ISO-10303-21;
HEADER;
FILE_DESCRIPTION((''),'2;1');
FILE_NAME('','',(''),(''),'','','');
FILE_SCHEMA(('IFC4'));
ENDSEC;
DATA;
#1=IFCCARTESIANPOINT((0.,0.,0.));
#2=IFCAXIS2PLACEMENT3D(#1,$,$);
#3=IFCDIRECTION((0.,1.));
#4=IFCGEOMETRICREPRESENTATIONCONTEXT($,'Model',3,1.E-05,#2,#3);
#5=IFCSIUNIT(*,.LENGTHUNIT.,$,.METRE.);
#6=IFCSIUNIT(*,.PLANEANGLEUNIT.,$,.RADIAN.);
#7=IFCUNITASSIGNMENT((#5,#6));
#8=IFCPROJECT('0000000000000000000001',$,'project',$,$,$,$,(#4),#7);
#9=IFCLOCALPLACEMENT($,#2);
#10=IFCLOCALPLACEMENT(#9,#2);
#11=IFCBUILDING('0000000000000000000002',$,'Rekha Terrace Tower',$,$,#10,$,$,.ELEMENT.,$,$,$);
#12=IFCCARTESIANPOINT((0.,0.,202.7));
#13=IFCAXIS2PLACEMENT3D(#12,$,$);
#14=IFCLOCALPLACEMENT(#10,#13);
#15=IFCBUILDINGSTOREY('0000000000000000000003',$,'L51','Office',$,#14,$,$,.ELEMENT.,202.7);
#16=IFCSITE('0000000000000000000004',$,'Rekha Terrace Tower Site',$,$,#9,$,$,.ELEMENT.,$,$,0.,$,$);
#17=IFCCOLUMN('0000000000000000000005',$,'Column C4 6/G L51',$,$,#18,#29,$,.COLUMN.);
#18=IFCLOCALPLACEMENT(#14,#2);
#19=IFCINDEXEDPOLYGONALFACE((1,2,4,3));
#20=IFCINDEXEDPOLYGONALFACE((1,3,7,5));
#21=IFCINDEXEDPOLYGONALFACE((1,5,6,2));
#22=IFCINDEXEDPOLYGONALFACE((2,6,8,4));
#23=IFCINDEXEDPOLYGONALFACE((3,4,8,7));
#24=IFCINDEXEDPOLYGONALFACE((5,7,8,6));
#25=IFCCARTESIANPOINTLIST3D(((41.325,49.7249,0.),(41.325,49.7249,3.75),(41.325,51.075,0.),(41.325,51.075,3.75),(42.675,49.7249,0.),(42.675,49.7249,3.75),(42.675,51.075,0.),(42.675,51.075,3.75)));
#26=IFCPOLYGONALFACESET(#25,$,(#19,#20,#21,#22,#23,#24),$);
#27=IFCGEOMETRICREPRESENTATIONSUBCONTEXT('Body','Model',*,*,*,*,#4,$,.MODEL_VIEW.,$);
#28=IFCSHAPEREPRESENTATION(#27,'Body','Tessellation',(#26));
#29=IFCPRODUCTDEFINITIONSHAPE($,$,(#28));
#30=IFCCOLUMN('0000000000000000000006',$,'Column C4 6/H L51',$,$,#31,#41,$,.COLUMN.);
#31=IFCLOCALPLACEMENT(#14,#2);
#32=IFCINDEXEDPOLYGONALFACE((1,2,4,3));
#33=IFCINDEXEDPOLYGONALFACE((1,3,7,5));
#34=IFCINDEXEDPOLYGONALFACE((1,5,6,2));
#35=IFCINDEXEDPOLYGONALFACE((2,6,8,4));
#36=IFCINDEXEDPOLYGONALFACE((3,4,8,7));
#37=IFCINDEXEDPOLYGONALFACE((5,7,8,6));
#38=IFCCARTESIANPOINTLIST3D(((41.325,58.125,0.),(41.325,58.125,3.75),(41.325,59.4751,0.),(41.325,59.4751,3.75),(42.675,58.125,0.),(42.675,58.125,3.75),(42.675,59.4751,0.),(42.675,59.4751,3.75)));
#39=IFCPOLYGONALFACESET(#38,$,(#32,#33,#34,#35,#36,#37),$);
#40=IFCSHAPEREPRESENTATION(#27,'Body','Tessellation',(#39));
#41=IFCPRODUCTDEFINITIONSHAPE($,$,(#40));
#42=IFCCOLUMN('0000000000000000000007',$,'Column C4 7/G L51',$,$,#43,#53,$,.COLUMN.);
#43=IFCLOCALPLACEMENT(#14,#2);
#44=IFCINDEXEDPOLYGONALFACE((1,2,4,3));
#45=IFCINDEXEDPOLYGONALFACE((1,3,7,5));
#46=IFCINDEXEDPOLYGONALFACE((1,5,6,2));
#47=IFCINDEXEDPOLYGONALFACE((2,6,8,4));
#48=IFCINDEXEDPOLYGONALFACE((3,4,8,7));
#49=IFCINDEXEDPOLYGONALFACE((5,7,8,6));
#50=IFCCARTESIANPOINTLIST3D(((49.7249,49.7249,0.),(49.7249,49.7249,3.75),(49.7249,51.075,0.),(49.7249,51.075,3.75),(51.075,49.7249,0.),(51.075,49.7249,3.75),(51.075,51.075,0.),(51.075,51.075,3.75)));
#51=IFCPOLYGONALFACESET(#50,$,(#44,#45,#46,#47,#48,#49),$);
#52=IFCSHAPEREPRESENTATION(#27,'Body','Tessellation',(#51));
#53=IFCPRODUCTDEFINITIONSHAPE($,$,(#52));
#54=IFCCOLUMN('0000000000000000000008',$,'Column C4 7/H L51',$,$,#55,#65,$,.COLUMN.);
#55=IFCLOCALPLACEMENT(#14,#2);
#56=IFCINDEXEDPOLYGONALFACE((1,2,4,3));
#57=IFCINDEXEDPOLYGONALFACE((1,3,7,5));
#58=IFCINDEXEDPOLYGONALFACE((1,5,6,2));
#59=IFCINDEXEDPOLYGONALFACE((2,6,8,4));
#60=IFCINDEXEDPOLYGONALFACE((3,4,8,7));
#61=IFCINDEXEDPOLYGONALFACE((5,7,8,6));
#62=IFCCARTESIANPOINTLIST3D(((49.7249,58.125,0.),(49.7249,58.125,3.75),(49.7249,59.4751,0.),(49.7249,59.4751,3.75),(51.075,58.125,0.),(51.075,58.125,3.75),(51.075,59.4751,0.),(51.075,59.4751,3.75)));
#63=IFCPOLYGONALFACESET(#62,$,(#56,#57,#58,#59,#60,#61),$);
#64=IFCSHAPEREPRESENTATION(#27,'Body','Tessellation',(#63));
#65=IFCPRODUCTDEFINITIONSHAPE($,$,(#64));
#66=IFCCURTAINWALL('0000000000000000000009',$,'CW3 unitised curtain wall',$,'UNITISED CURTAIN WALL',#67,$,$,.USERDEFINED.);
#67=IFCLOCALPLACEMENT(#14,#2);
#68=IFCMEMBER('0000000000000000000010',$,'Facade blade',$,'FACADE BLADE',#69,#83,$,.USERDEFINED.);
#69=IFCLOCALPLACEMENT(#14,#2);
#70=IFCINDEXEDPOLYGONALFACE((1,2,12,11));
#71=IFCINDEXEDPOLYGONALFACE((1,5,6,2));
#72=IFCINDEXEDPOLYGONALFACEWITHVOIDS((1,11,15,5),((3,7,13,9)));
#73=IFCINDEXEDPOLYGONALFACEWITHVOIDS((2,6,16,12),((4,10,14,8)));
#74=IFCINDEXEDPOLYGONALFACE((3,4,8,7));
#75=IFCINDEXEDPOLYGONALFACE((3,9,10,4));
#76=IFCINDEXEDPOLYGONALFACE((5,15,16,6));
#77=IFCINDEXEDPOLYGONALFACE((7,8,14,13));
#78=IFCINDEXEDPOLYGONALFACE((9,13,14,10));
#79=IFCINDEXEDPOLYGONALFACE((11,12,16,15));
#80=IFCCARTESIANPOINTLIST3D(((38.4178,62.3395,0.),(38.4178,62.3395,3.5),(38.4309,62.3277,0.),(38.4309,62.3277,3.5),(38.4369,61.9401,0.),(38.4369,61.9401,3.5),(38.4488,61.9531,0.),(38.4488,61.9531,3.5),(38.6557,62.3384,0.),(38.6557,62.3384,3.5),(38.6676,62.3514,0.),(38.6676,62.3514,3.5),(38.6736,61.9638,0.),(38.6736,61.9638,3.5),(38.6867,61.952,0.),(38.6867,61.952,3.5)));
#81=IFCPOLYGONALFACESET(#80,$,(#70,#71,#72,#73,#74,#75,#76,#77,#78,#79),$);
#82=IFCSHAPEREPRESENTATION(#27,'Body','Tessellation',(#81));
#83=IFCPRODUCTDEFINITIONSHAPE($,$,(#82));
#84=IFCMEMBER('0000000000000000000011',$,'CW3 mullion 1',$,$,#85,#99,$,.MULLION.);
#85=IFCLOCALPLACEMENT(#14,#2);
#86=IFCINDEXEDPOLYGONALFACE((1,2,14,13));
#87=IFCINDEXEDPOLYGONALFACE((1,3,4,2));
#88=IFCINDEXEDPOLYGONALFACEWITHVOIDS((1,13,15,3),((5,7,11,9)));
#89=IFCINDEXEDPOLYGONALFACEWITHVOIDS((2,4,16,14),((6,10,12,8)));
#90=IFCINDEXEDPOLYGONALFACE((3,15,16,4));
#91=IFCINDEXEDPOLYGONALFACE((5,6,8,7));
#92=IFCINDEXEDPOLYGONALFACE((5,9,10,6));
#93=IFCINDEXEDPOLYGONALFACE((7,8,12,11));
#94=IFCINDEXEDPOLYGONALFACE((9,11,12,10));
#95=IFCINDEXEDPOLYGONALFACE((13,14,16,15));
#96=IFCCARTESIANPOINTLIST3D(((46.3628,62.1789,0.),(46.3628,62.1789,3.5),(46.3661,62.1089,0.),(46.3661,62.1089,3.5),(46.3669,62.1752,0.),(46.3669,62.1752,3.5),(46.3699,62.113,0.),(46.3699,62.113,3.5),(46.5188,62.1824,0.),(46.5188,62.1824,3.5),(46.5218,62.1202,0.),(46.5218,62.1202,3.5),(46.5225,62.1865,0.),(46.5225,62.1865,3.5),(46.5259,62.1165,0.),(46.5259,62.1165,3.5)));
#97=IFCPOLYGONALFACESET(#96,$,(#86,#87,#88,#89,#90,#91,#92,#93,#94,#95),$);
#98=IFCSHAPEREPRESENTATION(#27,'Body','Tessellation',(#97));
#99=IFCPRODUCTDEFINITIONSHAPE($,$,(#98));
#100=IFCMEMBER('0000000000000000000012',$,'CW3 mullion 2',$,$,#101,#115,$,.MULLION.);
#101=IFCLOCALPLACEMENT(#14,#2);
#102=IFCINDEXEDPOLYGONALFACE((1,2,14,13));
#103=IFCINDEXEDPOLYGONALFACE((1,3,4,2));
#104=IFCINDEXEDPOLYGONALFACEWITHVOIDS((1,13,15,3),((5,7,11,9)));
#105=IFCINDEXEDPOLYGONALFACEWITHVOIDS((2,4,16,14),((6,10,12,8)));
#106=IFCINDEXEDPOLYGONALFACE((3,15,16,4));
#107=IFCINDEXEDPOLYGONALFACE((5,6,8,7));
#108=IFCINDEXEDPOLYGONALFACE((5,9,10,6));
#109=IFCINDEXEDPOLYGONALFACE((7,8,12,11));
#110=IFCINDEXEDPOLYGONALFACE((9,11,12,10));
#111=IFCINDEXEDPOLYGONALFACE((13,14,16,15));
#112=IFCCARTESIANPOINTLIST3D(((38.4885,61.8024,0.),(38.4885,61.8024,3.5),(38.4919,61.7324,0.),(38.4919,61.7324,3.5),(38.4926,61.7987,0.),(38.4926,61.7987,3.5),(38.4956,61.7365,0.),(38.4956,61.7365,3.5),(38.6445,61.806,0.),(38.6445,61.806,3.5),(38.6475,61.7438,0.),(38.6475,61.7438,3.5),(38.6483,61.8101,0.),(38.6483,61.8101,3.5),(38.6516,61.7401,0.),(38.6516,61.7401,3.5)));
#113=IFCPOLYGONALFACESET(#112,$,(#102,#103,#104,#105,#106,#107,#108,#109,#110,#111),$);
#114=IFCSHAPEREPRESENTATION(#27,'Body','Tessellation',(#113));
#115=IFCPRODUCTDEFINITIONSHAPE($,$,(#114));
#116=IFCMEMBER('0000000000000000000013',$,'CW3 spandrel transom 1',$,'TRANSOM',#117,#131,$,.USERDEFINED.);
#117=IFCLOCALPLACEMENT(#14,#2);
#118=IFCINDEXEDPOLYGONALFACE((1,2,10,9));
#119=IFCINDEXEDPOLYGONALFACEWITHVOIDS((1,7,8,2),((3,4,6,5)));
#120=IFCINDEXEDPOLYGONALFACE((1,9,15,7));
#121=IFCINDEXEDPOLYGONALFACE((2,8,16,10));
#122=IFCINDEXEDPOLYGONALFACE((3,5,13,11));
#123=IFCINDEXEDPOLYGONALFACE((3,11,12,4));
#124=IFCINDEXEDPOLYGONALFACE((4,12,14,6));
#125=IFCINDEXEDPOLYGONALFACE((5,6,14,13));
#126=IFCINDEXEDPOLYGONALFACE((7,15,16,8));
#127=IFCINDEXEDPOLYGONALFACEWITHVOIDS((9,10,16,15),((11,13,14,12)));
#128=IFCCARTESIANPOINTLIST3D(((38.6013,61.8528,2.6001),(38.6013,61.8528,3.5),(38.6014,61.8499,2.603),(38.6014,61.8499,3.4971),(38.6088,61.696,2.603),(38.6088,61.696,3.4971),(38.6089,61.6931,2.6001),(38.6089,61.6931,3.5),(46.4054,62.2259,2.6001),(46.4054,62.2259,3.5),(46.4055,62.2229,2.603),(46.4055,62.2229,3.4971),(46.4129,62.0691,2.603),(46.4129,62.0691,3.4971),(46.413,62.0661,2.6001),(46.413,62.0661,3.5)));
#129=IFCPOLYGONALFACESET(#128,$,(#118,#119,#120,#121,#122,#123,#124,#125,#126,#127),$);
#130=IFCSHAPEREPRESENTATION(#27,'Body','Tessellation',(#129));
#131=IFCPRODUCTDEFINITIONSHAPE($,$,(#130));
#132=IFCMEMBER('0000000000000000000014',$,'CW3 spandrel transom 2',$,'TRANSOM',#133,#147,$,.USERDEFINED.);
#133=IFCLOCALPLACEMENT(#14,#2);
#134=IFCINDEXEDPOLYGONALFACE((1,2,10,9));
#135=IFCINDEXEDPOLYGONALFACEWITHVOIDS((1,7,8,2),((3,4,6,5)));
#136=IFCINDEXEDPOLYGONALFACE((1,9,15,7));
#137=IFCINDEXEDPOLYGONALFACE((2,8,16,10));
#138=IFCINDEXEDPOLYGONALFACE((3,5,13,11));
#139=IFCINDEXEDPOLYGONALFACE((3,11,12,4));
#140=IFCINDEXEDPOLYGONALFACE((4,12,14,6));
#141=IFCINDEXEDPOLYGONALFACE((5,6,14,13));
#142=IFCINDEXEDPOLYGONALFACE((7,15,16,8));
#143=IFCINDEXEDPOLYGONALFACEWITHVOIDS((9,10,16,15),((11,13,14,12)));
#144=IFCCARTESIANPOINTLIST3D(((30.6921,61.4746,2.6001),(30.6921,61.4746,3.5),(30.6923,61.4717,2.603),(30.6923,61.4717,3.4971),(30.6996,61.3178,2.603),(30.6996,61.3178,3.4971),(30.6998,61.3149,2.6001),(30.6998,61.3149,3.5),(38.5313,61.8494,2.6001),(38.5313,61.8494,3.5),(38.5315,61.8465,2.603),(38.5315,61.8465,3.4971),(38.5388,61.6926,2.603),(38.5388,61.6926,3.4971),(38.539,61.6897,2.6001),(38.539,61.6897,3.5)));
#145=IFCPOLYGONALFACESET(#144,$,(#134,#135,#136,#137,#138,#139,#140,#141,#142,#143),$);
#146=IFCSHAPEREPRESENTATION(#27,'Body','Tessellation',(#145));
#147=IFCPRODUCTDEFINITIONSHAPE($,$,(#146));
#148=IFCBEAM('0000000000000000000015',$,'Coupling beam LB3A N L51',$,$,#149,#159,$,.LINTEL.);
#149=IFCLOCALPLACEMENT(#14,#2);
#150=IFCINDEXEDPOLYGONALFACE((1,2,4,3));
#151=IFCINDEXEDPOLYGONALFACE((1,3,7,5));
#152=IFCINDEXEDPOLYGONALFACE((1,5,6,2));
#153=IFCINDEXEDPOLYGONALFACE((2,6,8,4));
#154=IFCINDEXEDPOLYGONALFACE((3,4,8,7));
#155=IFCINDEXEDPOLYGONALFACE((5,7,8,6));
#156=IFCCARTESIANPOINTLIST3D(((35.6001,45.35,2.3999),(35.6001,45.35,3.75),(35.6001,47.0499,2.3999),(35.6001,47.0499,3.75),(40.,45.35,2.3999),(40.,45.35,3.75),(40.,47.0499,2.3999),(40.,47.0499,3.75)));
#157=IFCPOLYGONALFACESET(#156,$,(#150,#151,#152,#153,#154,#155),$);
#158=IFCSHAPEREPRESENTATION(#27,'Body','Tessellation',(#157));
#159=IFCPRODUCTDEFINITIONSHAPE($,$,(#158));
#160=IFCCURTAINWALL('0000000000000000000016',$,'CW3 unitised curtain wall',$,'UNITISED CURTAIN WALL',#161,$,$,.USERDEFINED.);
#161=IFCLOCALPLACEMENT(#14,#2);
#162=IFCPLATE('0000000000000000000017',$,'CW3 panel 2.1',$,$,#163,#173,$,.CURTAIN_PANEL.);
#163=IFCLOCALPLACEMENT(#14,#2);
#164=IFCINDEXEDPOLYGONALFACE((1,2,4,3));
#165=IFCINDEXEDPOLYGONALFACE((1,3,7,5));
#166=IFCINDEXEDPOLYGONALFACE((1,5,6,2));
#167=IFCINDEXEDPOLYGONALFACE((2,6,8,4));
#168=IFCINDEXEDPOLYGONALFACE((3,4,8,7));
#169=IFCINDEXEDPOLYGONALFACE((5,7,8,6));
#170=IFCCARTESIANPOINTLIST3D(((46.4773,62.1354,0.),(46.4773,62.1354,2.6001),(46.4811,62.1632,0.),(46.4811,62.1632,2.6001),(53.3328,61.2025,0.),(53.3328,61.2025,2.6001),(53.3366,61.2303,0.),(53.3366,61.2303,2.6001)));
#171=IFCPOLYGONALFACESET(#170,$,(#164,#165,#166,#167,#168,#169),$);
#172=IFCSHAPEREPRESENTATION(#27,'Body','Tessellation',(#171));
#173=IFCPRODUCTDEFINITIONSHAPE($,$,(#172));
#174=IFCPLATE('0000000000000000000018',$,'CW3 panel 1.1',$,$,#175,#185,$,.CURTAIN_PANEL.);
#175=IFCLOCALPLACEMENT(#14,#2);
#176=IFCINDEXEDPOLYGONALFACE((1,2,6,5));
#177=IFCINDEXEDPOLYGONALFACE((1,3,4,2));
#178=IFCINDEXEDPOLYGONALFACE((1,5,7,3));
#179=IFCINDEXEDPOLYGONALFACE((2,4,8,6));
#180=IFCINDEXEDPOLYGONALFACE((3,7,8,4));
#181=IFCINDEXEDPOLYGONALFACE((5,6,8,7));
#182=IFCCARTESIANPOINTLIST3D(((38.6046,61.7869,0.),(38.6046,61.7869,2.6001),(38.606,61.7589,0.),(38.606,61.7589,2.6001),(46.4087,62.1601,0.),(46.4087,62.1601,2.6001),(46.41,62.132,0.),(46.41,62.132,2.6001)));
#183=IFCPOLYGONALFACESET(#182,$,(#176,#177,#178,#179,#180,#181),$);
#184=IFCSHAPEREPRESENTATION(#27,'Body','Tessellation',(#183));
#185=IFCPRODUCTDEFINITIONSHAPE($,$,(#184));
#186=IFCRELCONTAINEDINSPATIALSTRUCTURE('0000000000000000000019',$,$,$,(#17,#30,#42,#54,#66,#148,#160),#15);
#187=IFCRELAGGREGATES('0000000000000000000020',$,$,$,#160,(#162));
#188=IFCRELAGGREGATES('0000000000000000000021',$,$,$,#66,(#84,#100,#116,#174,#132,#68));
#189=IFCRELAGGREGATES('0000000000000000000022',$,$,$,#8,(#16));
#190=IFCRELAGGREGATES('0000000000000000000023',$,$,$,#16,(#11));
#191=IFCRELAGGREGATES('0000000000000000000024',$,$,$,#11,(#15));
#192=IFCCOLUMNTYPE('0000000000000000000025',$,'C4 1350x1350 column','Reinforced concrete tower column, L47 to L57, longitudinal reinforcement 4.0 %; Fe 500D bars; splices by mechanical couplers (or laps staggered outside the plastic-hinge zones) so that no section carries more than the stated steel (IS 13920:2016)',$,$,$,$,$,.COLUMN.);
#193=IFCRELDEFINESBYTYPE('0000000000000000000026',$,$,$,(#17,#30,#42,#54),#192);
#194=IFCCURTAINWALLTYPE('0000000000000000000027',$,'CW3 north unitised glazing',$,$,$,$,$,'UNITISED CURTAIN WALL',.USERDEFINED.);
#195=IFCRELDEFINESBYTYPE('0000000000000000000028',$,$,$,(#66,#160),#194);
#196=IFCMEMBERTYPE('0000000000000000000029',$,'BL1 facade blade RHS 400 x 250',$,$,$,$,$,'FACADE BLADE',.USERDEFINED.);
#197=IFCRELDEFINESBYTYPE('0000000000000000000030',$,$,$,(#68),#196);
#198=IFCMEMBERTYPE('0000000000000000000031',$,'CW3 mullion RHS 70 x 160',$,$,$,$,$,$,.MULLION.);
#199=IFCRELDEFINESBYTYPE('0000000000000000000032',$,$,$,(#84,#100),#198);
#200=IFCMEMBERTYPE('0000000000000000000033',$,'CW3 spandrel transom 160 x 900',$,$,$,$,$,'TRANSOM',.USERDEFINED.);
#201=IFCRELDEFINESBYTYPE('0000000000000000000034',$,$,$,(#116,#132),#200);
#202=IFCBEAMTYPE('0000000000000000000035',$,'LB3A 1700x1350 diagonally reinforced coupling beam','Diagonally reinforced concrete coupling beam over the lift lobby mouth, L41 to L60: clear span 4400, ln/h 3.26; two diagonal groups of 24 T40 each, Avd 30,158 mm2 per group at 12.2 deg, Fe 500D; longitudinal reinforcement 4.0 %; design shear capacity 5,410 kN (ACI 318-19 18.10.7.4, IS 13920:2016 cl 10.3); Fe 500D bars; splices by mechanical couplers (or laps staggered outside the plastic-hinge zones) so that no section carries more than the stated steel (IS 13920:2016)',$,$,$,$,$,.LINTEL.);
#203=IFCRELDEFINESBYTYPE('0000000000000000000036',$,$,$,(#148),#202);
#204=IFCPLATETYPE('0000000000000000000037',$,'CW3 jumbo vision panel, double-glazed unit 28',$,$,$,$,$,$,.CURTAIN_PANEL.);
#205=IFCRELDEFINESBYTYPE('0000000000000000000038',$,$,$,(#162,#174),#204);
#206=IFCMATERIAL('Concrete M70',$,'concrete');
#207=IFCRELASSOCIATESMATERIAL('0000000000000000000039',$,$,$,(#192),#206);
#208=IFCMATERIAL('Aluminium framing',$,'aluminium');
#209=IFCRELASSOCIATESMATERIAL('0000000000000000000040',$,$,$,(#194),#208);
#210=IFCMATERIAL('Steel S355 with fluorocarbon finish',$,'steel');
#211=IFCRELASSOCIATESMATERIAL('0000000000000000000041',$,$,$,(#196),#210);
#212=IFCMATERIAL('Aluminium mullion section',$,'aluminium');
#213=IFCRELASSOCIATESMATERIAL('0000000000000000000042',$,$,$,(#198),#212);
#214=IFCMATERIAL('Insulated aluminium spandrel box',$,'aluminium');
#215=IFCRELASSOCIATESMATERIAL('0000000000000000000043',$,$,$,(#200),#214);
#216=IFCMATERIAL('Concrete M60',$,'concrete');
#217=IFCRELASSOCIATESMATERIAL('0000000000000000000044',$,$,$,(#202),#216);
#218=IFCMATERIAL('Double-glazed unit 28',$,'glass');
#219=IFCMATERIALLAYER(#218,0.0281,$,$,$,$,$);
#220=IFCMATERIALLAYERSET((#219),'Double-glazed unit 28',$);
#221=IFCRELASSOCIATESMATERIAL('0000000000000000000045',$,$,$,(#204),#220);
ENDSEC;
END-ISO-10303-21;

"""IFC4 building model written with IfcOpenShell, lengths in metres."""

from ifc_helpers import new_model, si_unit, direction, frame, origin, origin_2d, place, context, subcontext, project, spatial, rectangle, hollow_rectangle, extrude, material, layer, layer_set, material_profile, profile_set, type_object, element, aggregate, save


model = new_model("IFC4")

# Units and contexts
model_context = context("Model", 3, precision=1e-05, world=origin(), true_north=direction((0.0, 1.0)))
body_context = subcontext(model_context, "Body", "Model", "MODEL_VIEW")
ifc_project = project(units=[si_unit("LENGTHUNIT", "METRE"), si_unit("PLANEANGLEUNIT", "RADIAN")], contexts=[model_context])

# Site, building, storey
site_placement = place(None, origin())
site = spatial("IfcSite", under=ifc_project, at=site_placement, Name="Rekha Terrace Tower Site", CompositionType="ELEMENT", RefElevation=0.0)
building_placement = place(site_placement, origin())
building = spatial("IfcBuilding", under=site, at=building_placement, Name="Rekha Terrace Tower", CompositionType="ELEMENT")
storey_placement = place(building_placement, frame((0.0, 0.0, 202.7)))
storey = spatial("IfcBuildingStorey", under=building, at=storey_placement, Name="L51", Description="Office", CompositionType="ELEMENT", Elevation=202.7)

# Columns
ifc_material_1 = material(Name="Concrete M70", Category="concrete")
ifc_material_profile_1 = material_profile(ifc_material_1, rectangle(XDim=1.3501, YDim=1.3501, at=origin_2d()), Name="RC 1350x1350")
ifc_profile_set_1 = profile_set([ifc_material_profile_1], Name="Concrete M70")
column_type = type_object("IfcColumnType", Name="C4 1350x1350 column", Description="Reinforced concrete tower column, L47 to L57, longitudinal reinforcement 4.0 %; Fe 500D bars; splices by mechanical couplers (or laps staggered outside the plastic-hinge zones) so that no section carries more than the stated steel (IS 13920:2016)", PredefinedType="COLUMN", material=ifc_profile_set_1)
for number, where, z_axis, x_axis, name in (
    (1, (42.0, 50.3999, 0.0), (0.0, 0.0, 1.0), (1.0, 0.0, 0.0), "Column C4 6/G L51"),
    (2, (42.0, 58.8, 0.0), (0.0, 0.0, 1.0), (1.0, 0.0, 0.0), "Column C4 6/H L51"),
    (3, (50.3999, 50.3999, 0.0), (0.0, 0.0, 1.0), (1.0, 0.0, 0.0), "Column C4 7/G L51"),
    (4, (50.3999, 58.8, 0.0), (0.0, 0.0, 1.0), (1.0, 0.0, 0.0), "Column C4 7/H L51"),
):
    element("IfcColumn", number, at=place(storey_placement, frame(where, z_axis=z_axis, x_axis=x_axis)), inside=storey, type_object=column_type, Name=name, PredefinedType="COLUMN", context=body_context, shape_type="SweptSolid", body=[
        extrude(rectangle(XDim=1.3501, YDim=1.3501, at=origin_2d()), origin(), (0.0, 0.0, 1.0), 3.75),
    ])

# Curtain wall, members
ifc_material_2 = material(Name="Aluminium framing", Category="aluminium")
curtain_wall_type = type_object("IfcCurtainWallType", Name="CW3 north unitised glazing", ElementType="UNITISED CURTAIN WALL", PredefinedType="USERDEFINED", material=ifc_material_2)
curtain_wall_1_placement = place(storey_placement, origin())
curtain_wall_1 = element("IfcCurtainWall", 5, at=curtain_wall_1_placement, inside=storey, type_object=curtain_wall_type, Name="CW3 unitised curtain wall", ObjectType="UNITISED CURTAIN WALL", PredefinedType="USERDEFINED")
ifc_material_3 = material(Name="Steel S355 with fluorocarbon finish", Category="steel")
ifc_material_profile_2 = material_profile(ifc_material_3, hollow_rectangle(XDim=0.25, YDim=0.3999, WallThickness=0.0125, at=origin_2d()), Name="RHS400x250x12.5")
ifc_profile_set_2 = profile_set([ifc_material_profile_2], Name="Steel S355 with fluorocarbon finish")
member_type_1 = type_object("IfcMemberType", Name="BL1 facade blade RHS 400 x 250", ElementType="FACADE BLADE", PredefinedType="USERDEFINED", material=ifc_profile_set_2)
member_1_placement = place(storey_placement, frame((38.5522, 62.1458, 0.0), z_axis=(0.0, 0.0, 1.0), x_axis=(-0.998859, -0.047758, 0.0)))
member_1 = element("IfcMember", 6, at=member_1_placement, type_object=member_type_1, Name="Facade blade", ObjectType="FACADE BLADE", PredefinedType="USERDEFINED", context=body_context, shape_type="SweptSolid", body=[
    extrude(hollow_rectangle(XDim=0.25, YDim=0.3999, WallThickness=0.0125, at=origin_2d()), origin(), (0.0, 0.0, 1.0), 3.5),
])
ifc_material_4 = material(Name="Aluminium mullion section", Category="aluminium")
ifc_material_profile_3 = material_profile(ifc_material_4, hollow_rectangle(XDim=0.0701, YDim=0.1599, WallThickness=0.0039, at=origin_2d()), Name="AL RHS 70x160")
ifc_profile_set_3 = profile_set([ifc_material_profile_3], Name="Aluminium mullion section")
member_type_2 = type_object("IfcMemberType", Name="CW3 mullion RHS 70 x 160", PredefinedType="MULLION", material=ifc_profile_set_3)
member_2_placement = place(storey_placement, frame((46.4443, 62.1477, 0.0), z_axis=(0.0, 0.0, 1.0), x_axis=(0.047759, -0.998859, 0.0)))
member_2 = element("IfcMember", 7, at=member_2_placement, type_object=member_type_2, Name="CW3 mullion 1", PredefinedType="MULLION", context=body_context, shape_type="SweptSolid", body=[
    extrude(hollow_rectangle(XDim=0.0701, YDim=0.1599, WallThickness=0.0039, at=origin_2d()), origin(), (0.0, 0.0, 1.0), 3.5),
])
member_3_placement = place(storey_placement, frame((38.5701, 61.7712, 0.0), z_axis=(0.0, 0.0, 1.0), x_axis=(0.047759, -0.998859, 0.0)))
member_3 = element("IfcMember", 8, at=member_3_placement, type_object=member_type_2, Name="CW3 mullion 2", PredefinedType="MULLION", context=body_context, shape_type="SweptSolid", body=[
    extrude(hollow_rectangle(XDim=0.0701, YDim=0.1599, WallThickness=0.0039, at=origin_2d()), origin(), (0.0, 0.0, 1.0), 3.5),
])
ifc_material_5 = material(Name="Insulated aluminium spandrel box", Category="aluminium")
ifc_material_profile_4 = material_profile(ifc_material_5, hollow_rectangle(XDim=0.1599, YDim=0.8999, WallThickness=0.0029, at=origin_2d()), Name="AL SPANDREL BOX 160x900")
ifc_profile_set_4 = profile_set([ifc_material_profile_4], Name="Insulated aluminium spandrel box")
member_type_3 = type_object("IfcMemberType", Name="CW3 spandrel transom 160 x 900", ElementType="TRANSOM", PredefinedType="USERDEFINED", material=ifc_profile_set_4)
member_4_placement = place(storey_placement, frame((46.4092, 62.146, 3.05), z_axis=(-0.998859, -0.047748, 0.0), x_axis=(0.047748, -0.998859, 0.0)))
member_4 = element("IfcMember", 9, at=member_4_placement, type_object=member_type_3, Name="CW3 spandrel transom 1", ObjectType="TRANSOM", PredefinedType="USERDEFINED", context=body_context, shape_type="SweptSolid", body=[
    extrude(hollow_rectangle(XDim=0.1599, YDim=0.8999, WallThickness=0.0029, at=origin_2d()), origin(), (0.0, 0.0, 1.0), 7.813),
])
member_5_placement = place(storey_placement, frame((38.5352, 61.7695, 3.05), z_axis=(-0.998859, -0.047751, 0.0), x_axis=(0.047751, -0.998859, 0.0)))
member_5 = element("IfcMember", 10, at=member_5_placement, type_object=member_type_3, Name="CW3 spandrel transom 2", ObjectType="TRANSOM", PredefinedType="USERDEFINED", context=body_context, shape_type="SweptSolid", body=[
    extrude(hollow_rectangle(XDim=0.1599, YDim=0.8999, WallThickness=0.0029, at=origin_2d()), origin(), (0.0, 0.0, 1.0), 7.8481),
])

# Beam
ifc_material_6 = material(Name="Concrete M60", Category="concrete")
ifc_material_profile_5 = material_profile(ifc_material_6, rectangle(XDim=1.7, YDim=1.3501, at=origin_2d()), Name="RC 1700x1350")
ifc_profile_set_5 = profile_set([ifc_material_profile_5], Name="Concrete M60")
beam_type = type_object("IfcBeamType", Name="LB3A 1700x1350 diagonally reinforced coupling beam", Description="Diagonally reinforced concrete coupling beam over the lift lobby mouth, L41 to L60: clear span 4400, ln/h 3.26; two diagonal groups of 24 T40 each, Avd 30,158 mm2 per group at 12.2 deg, Fe 500D; longitudinal reinforcement 4.0 %; design shear capacity 5,410 kN (ACI 318-19 18.10.7.4, IS 13920:2016 cl 10.3); Fe 500D bars; splices by mechanical couplers (or laps staggered outside the plastic-hinge zones) so that no section carries more than the stated steel (IS 13920:2016)", PredefinedType="LINTEL", material=ifc_profile_set_5)
beam_placement = place(storey_placement, frame((35.6001, 46.2, 3.075), z_axis=(1.0, 0.0, 0.0), x_axis=(0.0, 1.0, 0.0)))
element("IfcBeam", 11, at=beam_placement, inside=storey, type_object=beam_type, Name="Coupling beam LB3A N L51", PredefinedType="LINTEL", context=body_context, shape_type="SweptSolid", body=[
    extrude(rectangle(XDim=1.7, YDim=1.3501, at=origin_2d()), origin(), (0.0, 0.0, 1.0), 4.3999),
])

# Curtain wall, plate
curtain_wall_2_placement = place(storey_placement, origin())
curtain_wall_2 = element("IfcCurtainWall", 12, at=curtain_wall_2_placement, inside=storey, type_object=curtain_wall_type, Name="CW3 unitised curtain wall", ObjectType="UNITISED CURTAIN WALL", PredefinedType="USERDEFINED")
ifc_material_7 = material(Name="Double-glazed unit 28", Category="glass")
ifc_layer_1 = layer(ifc_material_7, 0.0281)
ifc_layer_set_1 = layer_set([ifc_layer_1], Name="Double-glazed unit 28")
plate_type = type_object("IfcPlateType", Name="CW3 jumbo vision panel, double-glazed unit 28", PredefinedType="CURTAIN_PANEL", material=ifc_layer_set_1)
plate_1_placement = place(storey_placement, frame((49.907, 61.6829, 0.0), z_axis=(0.0, 0.0, 1.0), x_axis=(-0.990867, 0.134841, 0.0)))
plate_1 = element("IfcPlate", 13, at=plate_1_placement, type_object=plate_type, Name="CW3 panel 2.1", PredefinedType="CURTAIN_PANEL", context=body_context, shape_type="SweptSolid", body=[
    extrude(rectangle(XDim=6.9187, YDim=0.0281, at=origin_2d()), origin(), (0.0, 0.0, 1.0), 2.6001),
])
aggregate(curtain_wall_2, [plate_1])

# Plate
plate_2_placement = place(storey_placement, frame((42.5073, 61.9595, 0.0), z_axis=(0.0, 0.0, 1.0), x_axis=(-0.998859, -0.047759, 0.0)))
plate_2 = element("IfcPlate", 14, at=plate_2_placement, type_object=plate_type, Name="CW3 panel 1.1", PredefinedType="CURTAIN_PANEL", context=body_context, shape_type="SweptSolid", body=[
    extrude(rectangle(XDim=7.813, YDim=0.0281, at=origin_2d()), origin(), (0.0, 0.0, 1.0), 2.6001),
])
aggregate(curtain_wall_1, [member_2, member_3, member_4, plate_2, member_5, member_1])

save(model, "model.ifc")
